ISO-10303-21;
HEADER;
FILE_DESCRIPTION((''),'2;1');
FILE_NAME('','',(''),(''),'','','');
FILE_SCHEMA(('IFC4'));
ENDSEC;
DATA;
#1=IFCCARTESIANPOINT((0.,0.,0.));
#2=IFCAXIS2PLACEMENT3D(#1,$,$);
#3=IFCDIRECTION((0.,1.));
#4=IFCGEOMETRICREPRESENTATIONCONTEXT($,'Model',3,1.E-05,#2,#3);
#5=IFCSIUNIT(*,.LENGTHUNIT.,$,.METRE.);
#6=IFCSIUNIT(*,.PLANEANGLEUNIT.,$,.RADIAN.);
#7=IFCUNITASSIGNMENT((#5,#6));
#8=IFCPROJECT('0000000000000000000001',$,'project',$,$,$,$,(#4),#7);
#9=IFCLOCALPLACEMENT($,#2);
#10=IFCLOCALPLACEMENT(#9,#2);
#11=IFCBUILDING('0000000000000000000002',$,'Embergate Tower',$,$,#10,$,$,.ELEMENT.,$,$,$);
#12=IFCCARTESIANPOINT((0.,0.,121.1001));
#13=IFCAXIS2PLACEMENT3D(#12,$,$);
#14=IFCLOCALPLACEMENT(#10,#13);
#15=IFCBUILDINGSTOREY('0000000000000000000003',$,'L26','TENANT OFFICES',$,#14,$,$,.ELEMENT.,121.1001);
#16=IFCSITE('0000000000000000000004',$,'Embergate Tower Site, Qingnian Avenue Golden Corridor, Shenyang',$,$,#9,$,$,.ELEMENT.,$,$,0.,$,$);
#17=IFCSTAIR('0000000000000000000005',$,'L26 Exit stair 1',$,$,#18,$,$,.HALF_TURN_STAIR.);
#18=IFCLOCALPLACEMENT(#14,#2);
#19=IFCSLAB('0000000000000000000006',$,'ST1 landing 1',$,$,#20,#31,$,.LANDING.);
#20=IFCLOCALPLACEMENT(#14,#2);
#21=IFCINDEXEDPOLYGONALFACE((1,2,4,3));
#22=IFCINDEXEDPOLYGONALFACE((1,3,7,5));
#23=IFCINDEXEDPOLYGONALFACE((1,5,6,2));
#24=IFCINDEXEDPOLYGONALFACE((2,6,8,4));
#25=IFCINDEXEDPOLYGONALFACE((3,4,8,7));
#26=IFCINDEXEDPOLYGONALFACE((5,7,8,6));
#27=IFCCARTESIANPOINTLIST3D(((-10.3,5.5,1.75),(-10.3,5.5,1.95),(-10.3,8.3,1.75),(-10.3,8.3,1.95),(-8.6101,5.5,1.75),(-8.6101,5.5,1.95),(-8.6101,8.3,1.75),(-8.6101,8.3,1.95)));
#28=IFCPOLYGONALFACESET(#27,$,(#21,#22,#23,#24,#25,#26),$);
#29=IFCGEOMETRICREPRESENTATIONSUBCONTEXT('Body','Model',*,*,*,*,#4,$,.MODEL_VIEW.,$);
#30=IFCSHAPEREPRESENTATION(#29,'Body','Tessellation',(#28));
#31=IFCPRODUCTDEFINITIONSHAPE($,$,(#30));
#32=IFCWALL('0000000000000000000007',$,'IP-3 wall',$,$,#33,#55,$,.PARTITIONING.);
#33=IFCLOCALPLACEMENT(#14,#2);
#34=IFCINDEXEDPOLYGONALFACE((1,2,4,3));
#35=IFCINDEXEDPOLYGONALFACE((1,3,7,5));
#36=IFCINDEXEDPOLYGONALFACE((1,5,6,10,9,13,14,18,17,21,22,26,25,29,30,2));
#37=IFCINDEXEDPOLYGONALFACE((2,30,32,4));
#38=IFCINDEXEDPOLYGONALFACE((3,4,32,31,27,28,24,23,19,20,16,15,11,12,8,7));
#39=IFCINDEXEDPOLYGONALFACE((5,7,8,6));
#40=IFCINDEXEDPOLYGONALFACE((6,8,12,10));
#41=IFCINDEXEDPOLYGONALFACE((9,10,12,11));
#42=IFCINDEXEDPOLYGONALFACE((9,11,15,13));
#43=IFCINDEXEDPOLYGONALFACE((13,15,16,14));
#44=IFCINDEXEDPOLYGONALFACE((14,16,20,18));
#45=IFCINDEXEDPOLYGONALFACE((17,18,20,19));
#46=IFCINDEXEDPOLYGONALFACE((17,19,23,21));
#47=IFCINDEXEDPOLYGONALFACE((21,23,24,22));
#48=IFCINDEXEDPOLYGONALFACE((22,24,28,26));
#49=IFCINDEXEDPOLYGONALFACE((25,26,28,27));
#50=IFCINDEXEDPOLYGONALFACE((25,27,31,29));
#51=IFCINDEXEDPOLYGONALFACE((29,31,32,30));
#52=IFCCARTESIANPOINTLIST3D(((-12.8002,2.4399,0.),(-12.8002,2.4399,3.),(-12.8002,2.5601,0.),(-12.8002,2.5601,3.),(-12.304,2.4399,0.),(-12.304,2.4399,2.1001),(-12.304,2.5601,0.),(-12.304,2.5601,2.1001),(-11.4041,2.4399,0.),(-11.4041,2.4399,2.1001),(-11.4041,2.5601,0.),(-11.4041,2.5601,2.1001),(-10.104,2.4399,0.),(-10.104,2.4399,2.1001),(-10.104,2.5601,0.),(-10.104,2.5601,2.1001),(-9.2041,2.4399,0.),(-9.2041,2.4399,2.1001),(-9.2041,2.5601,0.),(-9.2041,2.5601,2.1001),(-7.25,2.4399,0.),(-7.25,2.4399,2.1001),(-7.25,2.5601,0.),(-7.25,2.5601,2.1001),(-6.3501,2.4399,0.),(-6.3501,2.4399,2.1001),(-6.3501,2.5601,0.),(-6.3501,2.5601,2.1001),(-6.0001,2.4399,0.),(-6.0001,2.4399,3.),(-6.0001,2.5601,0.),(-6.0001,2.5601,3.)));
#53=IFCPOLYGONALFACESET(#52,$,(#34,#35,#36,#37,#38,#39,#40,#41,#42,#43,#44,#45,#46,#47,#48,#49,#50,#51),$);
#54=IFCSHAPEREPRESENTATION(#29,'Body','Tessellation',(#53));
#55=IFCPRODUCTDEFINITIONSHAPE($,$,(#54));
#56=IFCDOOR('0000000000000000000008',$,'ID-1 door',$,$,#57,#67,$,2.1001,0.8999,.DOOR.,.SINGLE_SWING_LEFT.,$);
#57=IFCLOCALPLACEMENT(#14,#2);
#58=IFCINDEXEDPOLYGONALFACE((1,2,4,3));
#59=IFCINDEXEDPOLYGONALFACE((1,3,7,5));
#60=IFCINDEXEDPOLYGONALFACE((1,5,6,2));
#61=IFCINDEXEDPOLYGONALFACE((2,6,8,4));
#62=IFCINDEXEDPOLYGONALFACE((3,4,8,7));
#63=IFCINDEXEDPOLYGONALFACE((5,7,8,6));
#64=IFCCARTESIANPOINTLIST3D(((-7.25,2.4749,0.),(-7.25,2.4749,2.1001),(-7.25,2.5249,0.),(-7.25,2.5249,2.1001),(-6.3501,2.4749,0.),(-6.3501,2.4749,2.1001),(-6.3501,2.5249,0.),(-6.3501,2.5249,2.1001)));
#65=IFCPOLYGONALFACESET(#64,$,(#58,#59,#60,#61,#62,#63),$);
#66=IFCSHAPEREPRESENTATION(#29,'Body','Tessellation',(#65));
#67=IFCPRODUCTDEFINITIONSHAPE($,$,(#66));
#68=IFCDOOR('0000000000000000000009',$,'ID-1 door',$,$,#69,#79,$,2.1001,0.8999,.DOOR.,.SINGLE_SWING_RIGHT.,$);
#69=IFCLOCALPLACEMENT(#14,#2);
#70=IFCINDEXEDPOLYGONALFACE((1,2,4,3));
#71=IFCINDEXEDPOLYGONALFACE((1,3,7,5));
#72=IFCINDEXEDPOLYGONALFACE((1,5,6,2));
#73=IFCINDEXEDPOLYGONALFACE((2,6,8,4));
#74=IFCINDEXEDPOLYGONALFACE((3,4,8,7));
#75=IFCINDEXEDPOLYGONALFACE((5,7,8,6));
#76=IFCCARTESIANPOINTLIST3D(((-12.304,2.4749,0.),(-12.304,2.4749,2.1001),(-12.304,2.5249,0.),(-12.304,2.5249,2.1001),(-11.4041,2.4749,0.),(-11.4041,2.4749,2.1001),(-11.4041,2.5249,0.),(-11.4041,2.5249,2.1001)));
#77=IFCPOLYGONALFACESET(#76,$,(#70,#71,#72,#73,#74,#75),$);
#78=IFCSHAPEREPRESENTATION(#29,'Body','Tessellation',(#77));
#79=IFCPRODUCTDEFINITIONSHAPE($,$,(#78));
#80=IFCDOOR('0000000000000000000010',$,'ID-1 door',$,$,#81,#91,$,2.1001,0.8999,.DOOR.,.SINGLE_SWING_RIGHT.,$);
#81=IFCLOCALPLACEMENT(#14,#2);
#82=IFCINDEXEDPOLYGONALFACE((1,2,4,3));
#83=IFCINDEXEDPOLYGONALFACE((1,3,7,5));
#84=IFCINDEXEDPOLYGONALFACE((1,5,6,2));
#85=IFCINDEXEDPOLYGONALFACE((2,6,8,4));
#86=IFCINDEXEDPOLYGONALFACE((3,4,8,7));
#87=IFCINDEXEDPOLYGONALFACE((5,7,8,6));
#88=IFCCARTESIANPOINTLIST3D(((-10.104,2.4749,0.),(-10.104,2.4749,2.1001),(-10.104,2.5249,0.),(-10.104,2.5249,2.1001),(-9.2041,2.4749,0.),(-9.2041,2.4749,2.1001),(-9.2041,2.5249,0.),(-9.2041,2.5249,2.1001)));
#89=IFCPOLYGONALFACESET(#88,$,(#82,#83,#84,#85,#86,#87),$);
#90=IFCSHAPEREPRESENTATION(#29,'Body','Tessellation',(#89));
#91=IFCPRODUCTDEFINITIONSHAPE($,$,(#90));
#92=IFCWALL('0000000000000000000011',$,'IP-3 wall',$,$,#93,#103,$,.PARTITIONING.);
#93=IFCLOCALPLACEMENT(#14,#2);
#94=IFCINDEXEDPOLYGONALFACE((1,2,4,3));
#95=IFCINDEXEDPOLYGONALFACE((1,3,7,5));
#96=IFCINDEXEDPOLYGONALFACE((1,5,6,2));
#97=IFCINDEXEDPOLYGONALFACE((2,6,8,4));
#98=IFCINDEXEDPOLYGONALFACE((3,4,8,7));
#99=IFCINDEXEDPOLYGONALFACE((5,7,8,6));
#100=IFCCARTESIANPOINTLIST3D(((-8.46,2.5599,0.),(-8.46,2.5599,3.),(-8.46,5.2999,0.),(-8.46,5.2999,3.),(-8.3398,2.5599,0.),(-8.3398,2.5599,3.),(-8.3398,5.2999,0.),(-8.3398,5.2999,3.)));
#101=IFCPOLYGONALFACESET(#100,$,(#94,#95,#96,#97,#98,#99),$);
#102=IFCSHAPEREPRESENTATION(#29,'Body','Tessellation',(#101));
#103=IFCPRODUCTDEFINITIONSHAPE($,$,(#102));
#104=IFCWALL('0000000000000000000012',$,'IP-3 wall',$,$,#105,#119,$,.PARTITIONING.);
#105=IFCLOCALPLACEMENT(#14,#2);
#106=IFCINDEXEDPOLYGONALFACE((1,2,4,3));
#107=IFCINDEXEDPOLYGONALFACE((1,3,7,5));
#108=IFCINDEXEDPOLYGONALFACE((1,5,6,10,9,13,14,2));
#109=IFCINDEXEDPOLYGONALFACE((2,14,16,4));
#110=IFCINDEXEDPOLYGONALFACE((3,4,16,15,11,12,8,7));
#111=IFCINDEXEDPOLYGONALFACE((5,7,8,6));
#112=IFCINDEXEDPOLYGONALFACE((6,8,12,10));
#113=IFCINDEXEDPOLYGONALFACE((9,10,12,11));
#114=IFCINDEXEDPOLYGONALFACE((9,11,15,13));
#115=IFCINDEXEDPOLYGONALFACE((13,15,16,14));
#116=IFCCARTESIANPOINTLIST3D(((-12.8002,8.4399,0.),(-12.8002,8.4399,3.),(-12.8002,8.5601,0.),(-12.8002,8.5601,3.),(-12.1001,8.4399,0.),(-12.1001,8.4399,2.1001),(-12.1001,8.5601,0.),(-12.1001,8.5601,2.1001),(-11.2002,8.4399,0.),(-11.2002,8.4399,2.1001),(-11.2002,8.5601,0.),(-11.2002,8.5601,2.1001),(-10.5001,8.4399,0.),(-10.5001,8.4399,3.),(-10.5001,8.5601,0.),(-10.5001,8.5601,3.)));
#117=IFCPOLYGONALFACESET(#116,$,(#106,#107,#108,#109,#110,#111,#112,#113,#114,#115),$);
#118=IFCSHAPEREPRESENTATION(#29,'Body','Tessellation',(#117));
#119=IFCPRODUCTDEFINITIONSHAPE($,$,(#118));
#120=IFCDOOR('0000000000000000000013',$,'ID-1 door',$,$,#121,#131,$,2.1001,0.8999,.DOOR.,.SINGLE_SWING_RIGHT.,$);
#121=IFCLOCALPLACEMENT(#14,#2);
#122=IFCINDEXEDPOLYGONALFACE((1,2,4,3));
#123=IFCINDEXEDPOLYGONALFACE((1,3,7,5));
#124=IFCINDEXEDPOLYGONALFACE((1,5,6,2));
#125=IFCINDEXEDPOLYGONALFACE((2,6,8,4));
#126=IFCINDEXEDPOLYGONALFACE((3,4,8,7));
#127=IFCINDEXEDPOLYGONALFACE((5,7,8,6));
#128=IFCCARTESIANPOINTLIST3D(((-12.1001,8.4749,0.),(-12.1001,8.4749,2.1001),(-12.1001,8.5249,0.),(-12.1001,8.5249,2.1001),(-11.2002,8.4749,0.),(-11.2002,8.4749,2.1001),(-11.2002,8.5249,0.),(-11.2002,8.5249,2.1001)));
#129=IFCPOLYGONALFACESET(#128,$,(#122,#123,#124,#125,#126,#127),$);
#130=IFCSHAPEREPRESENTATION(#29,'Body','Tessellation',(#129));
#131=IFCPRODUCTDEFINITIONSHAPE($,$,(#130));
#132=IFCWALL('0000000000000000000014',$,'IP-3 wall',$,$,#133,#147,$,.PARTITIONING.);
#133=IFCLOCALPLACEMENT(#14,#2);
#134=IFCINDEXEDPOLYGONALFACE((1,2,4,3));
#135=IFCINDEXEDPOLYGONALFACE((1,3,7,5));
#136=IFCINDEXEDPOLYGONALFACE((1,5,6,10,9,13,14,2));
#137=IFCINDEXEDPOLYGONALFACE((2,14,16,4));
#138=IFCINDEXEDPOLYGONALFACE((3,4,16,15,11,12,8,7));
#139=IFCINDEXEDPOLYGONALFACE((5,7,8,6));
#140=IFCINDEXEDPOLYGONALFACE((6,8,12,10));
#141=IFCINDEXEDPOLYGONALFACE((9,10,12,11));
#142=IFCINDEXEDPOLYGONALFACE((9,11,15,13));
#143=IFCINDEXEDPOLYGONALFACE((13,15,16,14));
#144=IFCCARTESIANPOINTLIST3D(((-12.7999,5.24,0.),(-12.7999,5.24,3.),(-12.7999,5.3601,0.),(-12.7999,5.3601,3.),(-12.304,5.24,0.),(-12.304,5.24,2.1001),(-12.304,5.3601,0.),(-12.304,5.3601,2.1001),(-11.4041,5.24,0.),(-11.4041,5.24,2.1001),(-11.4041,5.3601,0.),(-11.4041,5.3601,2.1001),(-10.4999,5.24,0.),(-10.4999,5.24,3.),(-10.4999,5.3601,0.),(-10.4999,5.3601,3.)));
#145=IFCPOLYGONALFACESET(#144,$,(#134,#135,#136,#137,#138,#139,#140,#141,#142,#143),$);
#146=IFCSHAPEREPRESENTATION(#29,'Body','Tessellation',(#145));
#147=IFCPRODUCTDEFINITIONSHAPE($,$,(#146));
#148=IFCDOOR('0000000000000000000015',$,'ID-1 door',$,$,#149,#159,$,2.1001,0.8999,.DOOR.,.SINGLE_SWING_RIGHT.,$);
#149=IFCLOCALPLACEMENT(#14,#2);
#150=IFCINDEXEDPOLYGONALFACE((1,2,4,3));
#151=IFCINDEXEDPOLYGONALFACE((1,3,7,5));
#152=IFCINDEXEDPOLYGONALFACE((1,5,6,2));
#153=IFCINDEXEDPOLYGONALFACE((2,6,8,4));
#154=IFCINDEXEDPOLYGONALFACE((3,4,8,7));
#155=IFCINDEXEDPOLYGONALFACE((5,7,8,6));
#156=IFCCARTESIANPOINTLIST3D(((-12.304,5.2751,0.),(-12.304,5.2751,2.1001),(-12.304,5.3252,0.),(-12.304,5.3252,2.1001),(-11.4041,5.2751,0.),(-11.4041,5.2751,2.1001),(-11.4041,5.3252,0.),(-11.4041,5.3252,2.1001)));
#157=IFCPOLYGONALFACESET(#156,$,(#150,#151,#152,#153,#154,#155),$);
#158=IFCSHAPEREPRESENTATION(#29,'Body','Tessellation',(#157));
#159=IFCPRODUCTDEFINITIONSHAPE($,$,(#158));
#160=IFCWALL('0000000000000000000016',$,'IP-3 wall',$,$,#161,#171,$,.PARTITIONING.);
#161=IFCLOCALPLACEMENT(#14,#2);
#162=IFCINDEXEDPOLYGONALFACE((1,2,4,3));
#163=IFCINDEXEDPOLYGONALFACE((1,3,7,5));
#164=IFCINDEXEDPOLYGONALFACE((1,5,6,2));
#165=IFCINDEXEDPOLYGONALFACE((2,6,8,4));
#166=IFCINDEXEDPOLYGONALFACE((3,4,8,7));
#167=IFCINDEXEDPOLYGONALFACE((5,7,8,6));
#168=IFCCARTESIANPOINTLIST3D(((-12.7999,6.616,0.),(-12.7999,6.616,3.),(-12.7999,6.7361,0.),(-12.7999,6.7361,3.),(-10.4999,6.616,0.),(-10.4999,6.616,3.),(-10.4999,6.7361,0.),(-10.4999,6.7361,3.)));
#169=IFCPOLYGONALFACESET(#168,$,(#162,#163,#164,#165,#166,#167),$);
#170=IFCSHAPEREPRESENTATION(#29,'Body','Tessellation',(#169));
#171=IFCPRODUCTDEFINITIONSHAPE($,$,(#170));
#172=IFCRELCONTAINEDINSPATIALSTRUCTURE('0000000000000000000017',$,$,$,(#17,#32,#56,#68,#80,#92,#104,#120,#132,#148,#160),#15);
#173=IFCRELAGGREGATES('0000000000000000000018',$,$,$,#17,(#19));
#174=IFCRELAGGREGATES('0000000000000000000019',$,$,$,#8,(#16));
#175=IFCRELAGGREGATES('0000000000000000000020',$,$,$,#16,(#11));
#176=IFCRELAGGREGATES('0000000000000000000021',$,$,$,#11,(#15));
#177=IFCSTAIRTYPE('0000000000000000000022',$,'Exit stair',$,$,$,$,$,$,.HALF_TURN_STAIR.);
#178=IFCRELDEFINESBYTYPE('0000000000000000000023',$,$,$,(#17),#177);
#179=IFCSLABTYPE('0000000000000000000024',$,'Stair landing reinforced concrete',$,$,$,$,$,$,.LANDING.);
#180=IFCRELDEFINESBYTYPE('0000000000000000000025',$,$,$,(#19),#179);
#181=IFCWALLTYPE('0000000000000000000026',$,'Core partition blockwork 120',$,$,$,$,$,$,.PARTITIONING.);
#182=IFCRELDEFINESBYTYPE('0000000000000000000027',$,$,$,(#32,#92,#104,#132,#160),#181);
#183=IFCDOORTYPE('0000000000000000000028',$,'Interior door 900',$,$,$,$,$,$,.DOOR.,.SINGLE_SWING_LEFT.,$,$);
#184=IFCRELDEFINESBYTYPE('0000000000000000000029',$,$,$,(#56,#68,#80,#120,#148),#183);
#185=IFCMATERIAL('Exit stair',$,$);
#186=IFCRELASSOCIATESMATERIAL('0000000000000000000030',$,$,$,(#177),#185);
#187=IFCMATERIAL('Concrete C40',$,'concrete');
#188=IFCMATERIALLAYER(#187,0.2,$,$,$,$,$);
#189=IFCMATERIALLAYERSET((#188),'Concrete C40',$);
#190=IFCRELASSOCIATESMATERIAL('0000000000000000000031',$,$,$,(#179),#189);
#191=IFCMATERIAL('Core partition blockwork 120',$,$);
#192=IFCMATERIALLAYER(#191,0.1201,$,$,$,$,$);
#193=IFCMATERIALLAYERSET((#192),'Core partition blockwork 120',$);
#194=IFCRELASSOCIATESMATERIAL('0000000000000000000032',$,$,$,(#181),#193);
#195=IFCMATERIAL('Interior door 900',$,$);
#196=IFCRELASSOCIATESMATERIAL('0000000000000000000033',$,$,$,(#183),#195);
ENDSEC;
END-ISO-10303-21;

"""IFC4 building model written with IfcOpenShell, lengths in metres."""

from ifc_helpers import new_model, si_unit, direction, frame, frame_2d, origin, place, context, subcontext, project, spatial, polyline, rectangle, outline, extrude, source, transform, mapped, material, layer, layer_set, type_object, element, fill, aggregate, save


model = new_model("IFC4")

# Units and contexts
model_context = context("Model", 3, precision=1e-05, world=origin(), true_north=direction((0.0, 1.0)))
body_context = subcontext(model_context, "Body", "Model", "MODEL_VIEW")
ifc_project = project(units=[si_unit("LENGTHUNIT", "METRE"), si_unit("PLANEANGLEUNIT", "RADIAN")], contexts=[model_context])

# Site, building, storey
site_placement = place(None, origin())
site = spatial("IfcSite", under=ifc_project, at=site_placement, Name="Embergate Tower Site, Qingnian Avenue Golden Corridor, Shenyang", CompositionType="ELEMENT", RefElevation=0.0)
building_placement = place(site_placement, origin())
building = spatial("IfcBuilding", under=site, at=building_placement, Name="Embergate Tower", CompositionType="ELEMENT")
storey_placement = place(building_placement, frame((0.0, 0.0, 121.1001)))
storey = spatial("IfcBuildingStorey", under=building, at=storey_placement, Name="L26", Description="TENANT OFFICES", CompositionType="ELEMENT", Elevation=121.1001)

# Stair, slab
ifc_material_1 = material(Name="Exit stair")
stair_type = type_object("IfcStairType", Name="Exit stair", PredefinedType="HALF_TURN_STAIR", material=ifc_material_1)
stair_placement = place(storey_placement, origin())
stair = element("IfcStair", 1, at=stair_placement, inside=storey, type_object=stair_type, Name="L26 Exit stair 1", PredefinedType="HALF_TURN_STAIR")
ifc_material_2 = material(Name="Concrete C40", Category="concrete")
ifc_layer_1 = layer(ifc_material_2, 0.2)
ifc_layer_set_1 = layer_set([ifc_layer_1], Name="Concrete C40")
slab_type = type_object("IfcSlabType", Name="Stair landing reinforced concrete", PredefinedType="LANDING", material=ifc_layer_set_1)
shared_shape_1 = source(origin(), body_context, "Body", "SweptSolid", [
    extrude(outline(polyline([(0.0, 0.0), (1.6899, 0.0), (1.6899, 2.8), (0.0, 2.8), (0.0, 0.0)])), origin(), (0.0, 0.0, 1.0), 0.2),
])
slab_placement = place(storey_placement, frame((-10.3, 5.5, 1.75)))
slab = element("IfcSlab", 2, at=slab_placement, type_object=slab_type, Name="ST1 landing 1", PredefinedType="LANDING", context=body_context, shape_type="MappedRepresentation", body=[
    mapped(shared_shape_1, transform((0.0, 0.0, 0.0))),
])

# Wall, openings, doors
ifc_material_3 = material(Name="Core partition blockwork 120")
ifc_layer_2 = layer(ifc_material_3, 0.1201)
ifc_layer_set_2 = layer_set([ifc_layer_2], Name="Core partition blockwork 120")
wall_type_1 = type_object("IfcWallType", Name="Core partition blockwork 120", PredefinedType="PARTITIONING", material=ifc_layer_set_2)
shared_shape_2 = source(origin(), body_context, "Body", "SweptSolid", [
    extrude(rectangle(XDim=6.8, YDim=0.1201, at=frame_2d((3.3999, 0.0))), origin(), (0.0, 0.0, 1.0), 3.0),
])
wall_1_placement = place(storey_placement, frame((-12.8, 2.5, 0.0), z_axis=(0.0, 0.0, 1.0), x_axis=(1.0, 0.0, 0.0)))
wall_1 = element("IfcWall", 3, at=wall_1_placement, inside=storey, type_object=wall_type_1, Name="IP-3 wall", PredefinedType="PARTITIONING", context=body_context, shape_type="MappedRepresentation", body=[
    mapped(shared_shape_2, transform((0.0, 0.0, 0.0))),
])
shared_shape_3 = source(origin(), body_context, "Body", "SweptSolid", [
    extrude(rectangle(XDim=0.8999, YDim=2.1001, at=frame_2d((0.45, 1.05))), frame((0.0, 0.0701, 0.0), z_axis=(0.0, -1.0, 0.0), x_axis=(1.0, 0.0, 0.0)), (0.0, 0.0, 1.0), 0.1401),
])
opening_1_placement = place(wall_1_placement, frame((5.55, 0.0, 0.0)))
opening_1 = element("IfcOpeningElement", 4, at=opening_1_placement, cuts=wall_1, PredefinedType="OPENING", context=body_context, shape_type="MappedRepresentation", body=[
    mapped(shared_shape_3, transform((0.0, 0.0, 0.0))),
])
opening_2_placement = place(wall_1_placement, frame((0.4961, 0.0, 0.0)))
opening_2 = element("IfcOpeningElement", 5, at=opening_2_placement, cuts=wall_1, PredefinedType="OPENING", context=body_context, shape_type="MappedRepresentation", body=[
    mapped(shared_shape_3, transform((0.0, 0.0, 0.0))),
])
opening_3_placement = place(wall_1_placement, frame((2.696, 0.0, 0.0)))
opening_3 = element("IfcOpeningElement", 6, at=opening_3_placement, cuts=wall_1, PredefinedType="OPENING", context=body_context, shape_type="MappedRepresentation", body=[
    mapped(shared_shape_3, transform((0.0, 0.0, 0.0))),
])
ifc_material_4 = material(Name="Interior door 900")
door_type_1 = type_object("IfcDoorType", Name="Interior door 900", OperationType="SINGLE_SWING_LEFT", PredefinedType="DOOR", material=ifc_material_4)
shared_shape_4 = source(origin(), body_context, "Body", "SweptSolid", [
    extrude(rectangle(XDim=0.8999, YDim=2.1001, at=frame_2d((0.45, 1.05))), frame((0.0, 0.0249, 0.0), z_axis=(0.0, -1.0, 0.0), x_axis=(1.0, 0.0, 0.0)), (0.0, 0.0, 1.0), 0.05),
])
door_1_placement = place(opening_1_placement, origin())
door_1 = element("IfcDoor", 7, at=door_1_placement, inside=storey, type_object=door_type_1, Name="ID-1 door", OperationType="SINGLE_SWING_LEFT", OverallHeight=2.1001, OverallWidth=0.8999, PredefinedType="DOOR", context=body_context, shape_type="MappedRepresentation", body=[
    mapped(shared_shape_4, transform((0.0, 0.0, 0.0))),
])
fill(opening_1, door_1)
door_2_placement = place(opening_2_placement, origin())
door_2 = element("IfcDoor", 8, at=door_2_placement, inside=storey, type_object=door_type_1, Name="ID-1 door", OperationType="SINGLE_SWING_RIGHT", OverallHeight=2.1001, OverallWidth=0.8999, PredefinedType="DOOR", context=body_context, shape_type="MappedRepresentation", body=[
    mapped(shared_shape_4, transform((0.0, 0.0, 0.0))),
])
fill(opening_2, door_2)
door_3_placement = place(opening_3_placement, origin())
door_3 = element("IfcDoor", 9, at=door_3_placement, inside=storey, type_object=door_type_1, Name="ID-1 door", OperationType="SINGLE_SWING_RIGHT", OverallHeight=2.1001, OverallWidth=0.8999, PredefinedType="DOOR", context=body_context, shape_type="MappedRepresentation", body=[
    mapped(shared_shape_4, transform((0.0, 0.0, 0.0))),
])
fill(opening_3, door_3)

# Wall
shared_shape_5 = source(origin(), body_context, "Body", "SweptSolid", [
    extrude(rectangle(XDim=2.74, YDim=0.1201, at=frame_2d((1.3701, 0.0))), origin(), (0.0, 0.0, 1.0), 3.0),
])
wall_2_placement = place(storey_placement, frame((-8.3999, 5.3, 0.0), z_axis=(0.0, 0.0, 1.0), x_axis=(0.0, -1.0, 0.0)))
element("IfcWall", 10, at=wall_2_placement, inside=storey, type_object=wall_type_1, Name="IP-3 wall", PredefinedType="PARTITIONING", context=body_context, shape_type="MappedRepresentation", body=[
    mapped(shared_shape_5, transform((0.0, 0.0, 0.0))),
])

# Walls, openings, doors
shared_shape_6 = source(origin(), body_context, "Body", "SweptSolid", [
    extrude(rectangle(XDim=2.3, YDim=0.1201, at=frame_2d((1.1499, 0.0))), origin(), (0.0, 0.0, 1.0), 3.0),
])
wall_3_placement = place(storey_placement, frame((-12.8, 8.5, 0.0), z_axis=(0.0, 0.0, 1.0), x_axis=(1.0, 0.0, 0.0)))
wall_3 = element("IfcWall", 11, at=wall_3_placement, inside=storey, type_object=wall_type_1, Name="IP-3 wall", PredefinedType="PARTITIONING", context=body_context, shape_type="MappedRepresentation", body=[
    mapped(shared_shape_6, transform((0.0, 0.0, 0.0))),
])
opening_4_placement = place(wall_3_placement, frame((0.7, 0.0, 0.0)))
opening_4 = element("IfcOpeningElement", 12, at=opening_4_placement, cuts=wall_3, PredefinedType="OPENING", context=body_context, shape_type="MappedRepresentation", body=[
    mapped(shared_shape_3, transform((0.0, 0.0, 0.0))),
])
door_4_placement = place(opening_4_placement, origin())
door_4 = element("IfcDoor", 13, at=door_4_placement, inside=storey, type_object=door_type_1, Name="ID-1 door", OperationType="SINGLE_SWING_RIGHT", OverallHeight=2.1001, OverallWidth=0.8999, PredefinedType="DOOR", context=body_context, shape_type="MappedRepresentation", body=[
    mapped(shared_shape_4, transform((0.0, 0.0, 0.0))),
])
fill(opening_4, door_4)
wall_4_placement = place(storey_placement, frame((-10.5, 5.3, 0.0), z_axis=(0.0, 0.0, 1.0), x_axis=(-1.0, 0.0, 0.0)))
wall_4 = element("IfcWall", 14, at=wall_4_placement, inside=storey, type_object=wall_type_1, Name="IP-3 wall", PredefinedType="PARTITIONING", context=body_context, shape_type="MappedRepresentation", body=[
    mapped(shared_shape_6, transform((0.0, 0.0, 0.0))),
])
opening_5_placement = place(wall_4_placement, frame((0.9041, 0.0, 0.0)))
opening_5 = element("IfcOpeningElement", 15, at=opening_5_placement, cuts=wall_4, PredefinedType="OPENING", context=body_context, shape_type="MappedRepresentation", body=[
    mapped(shared_shape_3, transform((0.0, 0.0, 0.0))),
])
door_5_placement = place(opening_5_placement, origin())
door_5 = element("IfcDoor", 16, at=door_5_placement, inside=storey, type_object=door_type_1, Name="ID-1 door", OperationType="SINGLE_SWING_RIGHT", OverallHeight=2.1001, OverallWidth=0.8999, PredefinedType="DOOR", context=body_context, shape_type="MappedRepresentation", body=[
    mapped(shared_shape_4, transform((0.0, 0.0, 0.0))),
])
fill(opening_5, door_5)

# Wall
wall_5_placement = place(storey_placement, frame((-10.5, 6.676, 0.0), z_axis=(0.0, 0.0, 1.0), x_axis=(-1.0, 0.0, 0.0)))
element("IfcWall", 17, at=wall_5_placement, inside=storey, type_object=wall_type_1, Name="IP-3 wall", PredefinedType="PARTITIONING", context=body_context, shape_type="MappedRepresentation", body=[
    mapped(shared_shape_6, transform((0.0, 0.0, 0.0))),
])

aggregate(stair, [slab])

save(model, "model.ifc")
